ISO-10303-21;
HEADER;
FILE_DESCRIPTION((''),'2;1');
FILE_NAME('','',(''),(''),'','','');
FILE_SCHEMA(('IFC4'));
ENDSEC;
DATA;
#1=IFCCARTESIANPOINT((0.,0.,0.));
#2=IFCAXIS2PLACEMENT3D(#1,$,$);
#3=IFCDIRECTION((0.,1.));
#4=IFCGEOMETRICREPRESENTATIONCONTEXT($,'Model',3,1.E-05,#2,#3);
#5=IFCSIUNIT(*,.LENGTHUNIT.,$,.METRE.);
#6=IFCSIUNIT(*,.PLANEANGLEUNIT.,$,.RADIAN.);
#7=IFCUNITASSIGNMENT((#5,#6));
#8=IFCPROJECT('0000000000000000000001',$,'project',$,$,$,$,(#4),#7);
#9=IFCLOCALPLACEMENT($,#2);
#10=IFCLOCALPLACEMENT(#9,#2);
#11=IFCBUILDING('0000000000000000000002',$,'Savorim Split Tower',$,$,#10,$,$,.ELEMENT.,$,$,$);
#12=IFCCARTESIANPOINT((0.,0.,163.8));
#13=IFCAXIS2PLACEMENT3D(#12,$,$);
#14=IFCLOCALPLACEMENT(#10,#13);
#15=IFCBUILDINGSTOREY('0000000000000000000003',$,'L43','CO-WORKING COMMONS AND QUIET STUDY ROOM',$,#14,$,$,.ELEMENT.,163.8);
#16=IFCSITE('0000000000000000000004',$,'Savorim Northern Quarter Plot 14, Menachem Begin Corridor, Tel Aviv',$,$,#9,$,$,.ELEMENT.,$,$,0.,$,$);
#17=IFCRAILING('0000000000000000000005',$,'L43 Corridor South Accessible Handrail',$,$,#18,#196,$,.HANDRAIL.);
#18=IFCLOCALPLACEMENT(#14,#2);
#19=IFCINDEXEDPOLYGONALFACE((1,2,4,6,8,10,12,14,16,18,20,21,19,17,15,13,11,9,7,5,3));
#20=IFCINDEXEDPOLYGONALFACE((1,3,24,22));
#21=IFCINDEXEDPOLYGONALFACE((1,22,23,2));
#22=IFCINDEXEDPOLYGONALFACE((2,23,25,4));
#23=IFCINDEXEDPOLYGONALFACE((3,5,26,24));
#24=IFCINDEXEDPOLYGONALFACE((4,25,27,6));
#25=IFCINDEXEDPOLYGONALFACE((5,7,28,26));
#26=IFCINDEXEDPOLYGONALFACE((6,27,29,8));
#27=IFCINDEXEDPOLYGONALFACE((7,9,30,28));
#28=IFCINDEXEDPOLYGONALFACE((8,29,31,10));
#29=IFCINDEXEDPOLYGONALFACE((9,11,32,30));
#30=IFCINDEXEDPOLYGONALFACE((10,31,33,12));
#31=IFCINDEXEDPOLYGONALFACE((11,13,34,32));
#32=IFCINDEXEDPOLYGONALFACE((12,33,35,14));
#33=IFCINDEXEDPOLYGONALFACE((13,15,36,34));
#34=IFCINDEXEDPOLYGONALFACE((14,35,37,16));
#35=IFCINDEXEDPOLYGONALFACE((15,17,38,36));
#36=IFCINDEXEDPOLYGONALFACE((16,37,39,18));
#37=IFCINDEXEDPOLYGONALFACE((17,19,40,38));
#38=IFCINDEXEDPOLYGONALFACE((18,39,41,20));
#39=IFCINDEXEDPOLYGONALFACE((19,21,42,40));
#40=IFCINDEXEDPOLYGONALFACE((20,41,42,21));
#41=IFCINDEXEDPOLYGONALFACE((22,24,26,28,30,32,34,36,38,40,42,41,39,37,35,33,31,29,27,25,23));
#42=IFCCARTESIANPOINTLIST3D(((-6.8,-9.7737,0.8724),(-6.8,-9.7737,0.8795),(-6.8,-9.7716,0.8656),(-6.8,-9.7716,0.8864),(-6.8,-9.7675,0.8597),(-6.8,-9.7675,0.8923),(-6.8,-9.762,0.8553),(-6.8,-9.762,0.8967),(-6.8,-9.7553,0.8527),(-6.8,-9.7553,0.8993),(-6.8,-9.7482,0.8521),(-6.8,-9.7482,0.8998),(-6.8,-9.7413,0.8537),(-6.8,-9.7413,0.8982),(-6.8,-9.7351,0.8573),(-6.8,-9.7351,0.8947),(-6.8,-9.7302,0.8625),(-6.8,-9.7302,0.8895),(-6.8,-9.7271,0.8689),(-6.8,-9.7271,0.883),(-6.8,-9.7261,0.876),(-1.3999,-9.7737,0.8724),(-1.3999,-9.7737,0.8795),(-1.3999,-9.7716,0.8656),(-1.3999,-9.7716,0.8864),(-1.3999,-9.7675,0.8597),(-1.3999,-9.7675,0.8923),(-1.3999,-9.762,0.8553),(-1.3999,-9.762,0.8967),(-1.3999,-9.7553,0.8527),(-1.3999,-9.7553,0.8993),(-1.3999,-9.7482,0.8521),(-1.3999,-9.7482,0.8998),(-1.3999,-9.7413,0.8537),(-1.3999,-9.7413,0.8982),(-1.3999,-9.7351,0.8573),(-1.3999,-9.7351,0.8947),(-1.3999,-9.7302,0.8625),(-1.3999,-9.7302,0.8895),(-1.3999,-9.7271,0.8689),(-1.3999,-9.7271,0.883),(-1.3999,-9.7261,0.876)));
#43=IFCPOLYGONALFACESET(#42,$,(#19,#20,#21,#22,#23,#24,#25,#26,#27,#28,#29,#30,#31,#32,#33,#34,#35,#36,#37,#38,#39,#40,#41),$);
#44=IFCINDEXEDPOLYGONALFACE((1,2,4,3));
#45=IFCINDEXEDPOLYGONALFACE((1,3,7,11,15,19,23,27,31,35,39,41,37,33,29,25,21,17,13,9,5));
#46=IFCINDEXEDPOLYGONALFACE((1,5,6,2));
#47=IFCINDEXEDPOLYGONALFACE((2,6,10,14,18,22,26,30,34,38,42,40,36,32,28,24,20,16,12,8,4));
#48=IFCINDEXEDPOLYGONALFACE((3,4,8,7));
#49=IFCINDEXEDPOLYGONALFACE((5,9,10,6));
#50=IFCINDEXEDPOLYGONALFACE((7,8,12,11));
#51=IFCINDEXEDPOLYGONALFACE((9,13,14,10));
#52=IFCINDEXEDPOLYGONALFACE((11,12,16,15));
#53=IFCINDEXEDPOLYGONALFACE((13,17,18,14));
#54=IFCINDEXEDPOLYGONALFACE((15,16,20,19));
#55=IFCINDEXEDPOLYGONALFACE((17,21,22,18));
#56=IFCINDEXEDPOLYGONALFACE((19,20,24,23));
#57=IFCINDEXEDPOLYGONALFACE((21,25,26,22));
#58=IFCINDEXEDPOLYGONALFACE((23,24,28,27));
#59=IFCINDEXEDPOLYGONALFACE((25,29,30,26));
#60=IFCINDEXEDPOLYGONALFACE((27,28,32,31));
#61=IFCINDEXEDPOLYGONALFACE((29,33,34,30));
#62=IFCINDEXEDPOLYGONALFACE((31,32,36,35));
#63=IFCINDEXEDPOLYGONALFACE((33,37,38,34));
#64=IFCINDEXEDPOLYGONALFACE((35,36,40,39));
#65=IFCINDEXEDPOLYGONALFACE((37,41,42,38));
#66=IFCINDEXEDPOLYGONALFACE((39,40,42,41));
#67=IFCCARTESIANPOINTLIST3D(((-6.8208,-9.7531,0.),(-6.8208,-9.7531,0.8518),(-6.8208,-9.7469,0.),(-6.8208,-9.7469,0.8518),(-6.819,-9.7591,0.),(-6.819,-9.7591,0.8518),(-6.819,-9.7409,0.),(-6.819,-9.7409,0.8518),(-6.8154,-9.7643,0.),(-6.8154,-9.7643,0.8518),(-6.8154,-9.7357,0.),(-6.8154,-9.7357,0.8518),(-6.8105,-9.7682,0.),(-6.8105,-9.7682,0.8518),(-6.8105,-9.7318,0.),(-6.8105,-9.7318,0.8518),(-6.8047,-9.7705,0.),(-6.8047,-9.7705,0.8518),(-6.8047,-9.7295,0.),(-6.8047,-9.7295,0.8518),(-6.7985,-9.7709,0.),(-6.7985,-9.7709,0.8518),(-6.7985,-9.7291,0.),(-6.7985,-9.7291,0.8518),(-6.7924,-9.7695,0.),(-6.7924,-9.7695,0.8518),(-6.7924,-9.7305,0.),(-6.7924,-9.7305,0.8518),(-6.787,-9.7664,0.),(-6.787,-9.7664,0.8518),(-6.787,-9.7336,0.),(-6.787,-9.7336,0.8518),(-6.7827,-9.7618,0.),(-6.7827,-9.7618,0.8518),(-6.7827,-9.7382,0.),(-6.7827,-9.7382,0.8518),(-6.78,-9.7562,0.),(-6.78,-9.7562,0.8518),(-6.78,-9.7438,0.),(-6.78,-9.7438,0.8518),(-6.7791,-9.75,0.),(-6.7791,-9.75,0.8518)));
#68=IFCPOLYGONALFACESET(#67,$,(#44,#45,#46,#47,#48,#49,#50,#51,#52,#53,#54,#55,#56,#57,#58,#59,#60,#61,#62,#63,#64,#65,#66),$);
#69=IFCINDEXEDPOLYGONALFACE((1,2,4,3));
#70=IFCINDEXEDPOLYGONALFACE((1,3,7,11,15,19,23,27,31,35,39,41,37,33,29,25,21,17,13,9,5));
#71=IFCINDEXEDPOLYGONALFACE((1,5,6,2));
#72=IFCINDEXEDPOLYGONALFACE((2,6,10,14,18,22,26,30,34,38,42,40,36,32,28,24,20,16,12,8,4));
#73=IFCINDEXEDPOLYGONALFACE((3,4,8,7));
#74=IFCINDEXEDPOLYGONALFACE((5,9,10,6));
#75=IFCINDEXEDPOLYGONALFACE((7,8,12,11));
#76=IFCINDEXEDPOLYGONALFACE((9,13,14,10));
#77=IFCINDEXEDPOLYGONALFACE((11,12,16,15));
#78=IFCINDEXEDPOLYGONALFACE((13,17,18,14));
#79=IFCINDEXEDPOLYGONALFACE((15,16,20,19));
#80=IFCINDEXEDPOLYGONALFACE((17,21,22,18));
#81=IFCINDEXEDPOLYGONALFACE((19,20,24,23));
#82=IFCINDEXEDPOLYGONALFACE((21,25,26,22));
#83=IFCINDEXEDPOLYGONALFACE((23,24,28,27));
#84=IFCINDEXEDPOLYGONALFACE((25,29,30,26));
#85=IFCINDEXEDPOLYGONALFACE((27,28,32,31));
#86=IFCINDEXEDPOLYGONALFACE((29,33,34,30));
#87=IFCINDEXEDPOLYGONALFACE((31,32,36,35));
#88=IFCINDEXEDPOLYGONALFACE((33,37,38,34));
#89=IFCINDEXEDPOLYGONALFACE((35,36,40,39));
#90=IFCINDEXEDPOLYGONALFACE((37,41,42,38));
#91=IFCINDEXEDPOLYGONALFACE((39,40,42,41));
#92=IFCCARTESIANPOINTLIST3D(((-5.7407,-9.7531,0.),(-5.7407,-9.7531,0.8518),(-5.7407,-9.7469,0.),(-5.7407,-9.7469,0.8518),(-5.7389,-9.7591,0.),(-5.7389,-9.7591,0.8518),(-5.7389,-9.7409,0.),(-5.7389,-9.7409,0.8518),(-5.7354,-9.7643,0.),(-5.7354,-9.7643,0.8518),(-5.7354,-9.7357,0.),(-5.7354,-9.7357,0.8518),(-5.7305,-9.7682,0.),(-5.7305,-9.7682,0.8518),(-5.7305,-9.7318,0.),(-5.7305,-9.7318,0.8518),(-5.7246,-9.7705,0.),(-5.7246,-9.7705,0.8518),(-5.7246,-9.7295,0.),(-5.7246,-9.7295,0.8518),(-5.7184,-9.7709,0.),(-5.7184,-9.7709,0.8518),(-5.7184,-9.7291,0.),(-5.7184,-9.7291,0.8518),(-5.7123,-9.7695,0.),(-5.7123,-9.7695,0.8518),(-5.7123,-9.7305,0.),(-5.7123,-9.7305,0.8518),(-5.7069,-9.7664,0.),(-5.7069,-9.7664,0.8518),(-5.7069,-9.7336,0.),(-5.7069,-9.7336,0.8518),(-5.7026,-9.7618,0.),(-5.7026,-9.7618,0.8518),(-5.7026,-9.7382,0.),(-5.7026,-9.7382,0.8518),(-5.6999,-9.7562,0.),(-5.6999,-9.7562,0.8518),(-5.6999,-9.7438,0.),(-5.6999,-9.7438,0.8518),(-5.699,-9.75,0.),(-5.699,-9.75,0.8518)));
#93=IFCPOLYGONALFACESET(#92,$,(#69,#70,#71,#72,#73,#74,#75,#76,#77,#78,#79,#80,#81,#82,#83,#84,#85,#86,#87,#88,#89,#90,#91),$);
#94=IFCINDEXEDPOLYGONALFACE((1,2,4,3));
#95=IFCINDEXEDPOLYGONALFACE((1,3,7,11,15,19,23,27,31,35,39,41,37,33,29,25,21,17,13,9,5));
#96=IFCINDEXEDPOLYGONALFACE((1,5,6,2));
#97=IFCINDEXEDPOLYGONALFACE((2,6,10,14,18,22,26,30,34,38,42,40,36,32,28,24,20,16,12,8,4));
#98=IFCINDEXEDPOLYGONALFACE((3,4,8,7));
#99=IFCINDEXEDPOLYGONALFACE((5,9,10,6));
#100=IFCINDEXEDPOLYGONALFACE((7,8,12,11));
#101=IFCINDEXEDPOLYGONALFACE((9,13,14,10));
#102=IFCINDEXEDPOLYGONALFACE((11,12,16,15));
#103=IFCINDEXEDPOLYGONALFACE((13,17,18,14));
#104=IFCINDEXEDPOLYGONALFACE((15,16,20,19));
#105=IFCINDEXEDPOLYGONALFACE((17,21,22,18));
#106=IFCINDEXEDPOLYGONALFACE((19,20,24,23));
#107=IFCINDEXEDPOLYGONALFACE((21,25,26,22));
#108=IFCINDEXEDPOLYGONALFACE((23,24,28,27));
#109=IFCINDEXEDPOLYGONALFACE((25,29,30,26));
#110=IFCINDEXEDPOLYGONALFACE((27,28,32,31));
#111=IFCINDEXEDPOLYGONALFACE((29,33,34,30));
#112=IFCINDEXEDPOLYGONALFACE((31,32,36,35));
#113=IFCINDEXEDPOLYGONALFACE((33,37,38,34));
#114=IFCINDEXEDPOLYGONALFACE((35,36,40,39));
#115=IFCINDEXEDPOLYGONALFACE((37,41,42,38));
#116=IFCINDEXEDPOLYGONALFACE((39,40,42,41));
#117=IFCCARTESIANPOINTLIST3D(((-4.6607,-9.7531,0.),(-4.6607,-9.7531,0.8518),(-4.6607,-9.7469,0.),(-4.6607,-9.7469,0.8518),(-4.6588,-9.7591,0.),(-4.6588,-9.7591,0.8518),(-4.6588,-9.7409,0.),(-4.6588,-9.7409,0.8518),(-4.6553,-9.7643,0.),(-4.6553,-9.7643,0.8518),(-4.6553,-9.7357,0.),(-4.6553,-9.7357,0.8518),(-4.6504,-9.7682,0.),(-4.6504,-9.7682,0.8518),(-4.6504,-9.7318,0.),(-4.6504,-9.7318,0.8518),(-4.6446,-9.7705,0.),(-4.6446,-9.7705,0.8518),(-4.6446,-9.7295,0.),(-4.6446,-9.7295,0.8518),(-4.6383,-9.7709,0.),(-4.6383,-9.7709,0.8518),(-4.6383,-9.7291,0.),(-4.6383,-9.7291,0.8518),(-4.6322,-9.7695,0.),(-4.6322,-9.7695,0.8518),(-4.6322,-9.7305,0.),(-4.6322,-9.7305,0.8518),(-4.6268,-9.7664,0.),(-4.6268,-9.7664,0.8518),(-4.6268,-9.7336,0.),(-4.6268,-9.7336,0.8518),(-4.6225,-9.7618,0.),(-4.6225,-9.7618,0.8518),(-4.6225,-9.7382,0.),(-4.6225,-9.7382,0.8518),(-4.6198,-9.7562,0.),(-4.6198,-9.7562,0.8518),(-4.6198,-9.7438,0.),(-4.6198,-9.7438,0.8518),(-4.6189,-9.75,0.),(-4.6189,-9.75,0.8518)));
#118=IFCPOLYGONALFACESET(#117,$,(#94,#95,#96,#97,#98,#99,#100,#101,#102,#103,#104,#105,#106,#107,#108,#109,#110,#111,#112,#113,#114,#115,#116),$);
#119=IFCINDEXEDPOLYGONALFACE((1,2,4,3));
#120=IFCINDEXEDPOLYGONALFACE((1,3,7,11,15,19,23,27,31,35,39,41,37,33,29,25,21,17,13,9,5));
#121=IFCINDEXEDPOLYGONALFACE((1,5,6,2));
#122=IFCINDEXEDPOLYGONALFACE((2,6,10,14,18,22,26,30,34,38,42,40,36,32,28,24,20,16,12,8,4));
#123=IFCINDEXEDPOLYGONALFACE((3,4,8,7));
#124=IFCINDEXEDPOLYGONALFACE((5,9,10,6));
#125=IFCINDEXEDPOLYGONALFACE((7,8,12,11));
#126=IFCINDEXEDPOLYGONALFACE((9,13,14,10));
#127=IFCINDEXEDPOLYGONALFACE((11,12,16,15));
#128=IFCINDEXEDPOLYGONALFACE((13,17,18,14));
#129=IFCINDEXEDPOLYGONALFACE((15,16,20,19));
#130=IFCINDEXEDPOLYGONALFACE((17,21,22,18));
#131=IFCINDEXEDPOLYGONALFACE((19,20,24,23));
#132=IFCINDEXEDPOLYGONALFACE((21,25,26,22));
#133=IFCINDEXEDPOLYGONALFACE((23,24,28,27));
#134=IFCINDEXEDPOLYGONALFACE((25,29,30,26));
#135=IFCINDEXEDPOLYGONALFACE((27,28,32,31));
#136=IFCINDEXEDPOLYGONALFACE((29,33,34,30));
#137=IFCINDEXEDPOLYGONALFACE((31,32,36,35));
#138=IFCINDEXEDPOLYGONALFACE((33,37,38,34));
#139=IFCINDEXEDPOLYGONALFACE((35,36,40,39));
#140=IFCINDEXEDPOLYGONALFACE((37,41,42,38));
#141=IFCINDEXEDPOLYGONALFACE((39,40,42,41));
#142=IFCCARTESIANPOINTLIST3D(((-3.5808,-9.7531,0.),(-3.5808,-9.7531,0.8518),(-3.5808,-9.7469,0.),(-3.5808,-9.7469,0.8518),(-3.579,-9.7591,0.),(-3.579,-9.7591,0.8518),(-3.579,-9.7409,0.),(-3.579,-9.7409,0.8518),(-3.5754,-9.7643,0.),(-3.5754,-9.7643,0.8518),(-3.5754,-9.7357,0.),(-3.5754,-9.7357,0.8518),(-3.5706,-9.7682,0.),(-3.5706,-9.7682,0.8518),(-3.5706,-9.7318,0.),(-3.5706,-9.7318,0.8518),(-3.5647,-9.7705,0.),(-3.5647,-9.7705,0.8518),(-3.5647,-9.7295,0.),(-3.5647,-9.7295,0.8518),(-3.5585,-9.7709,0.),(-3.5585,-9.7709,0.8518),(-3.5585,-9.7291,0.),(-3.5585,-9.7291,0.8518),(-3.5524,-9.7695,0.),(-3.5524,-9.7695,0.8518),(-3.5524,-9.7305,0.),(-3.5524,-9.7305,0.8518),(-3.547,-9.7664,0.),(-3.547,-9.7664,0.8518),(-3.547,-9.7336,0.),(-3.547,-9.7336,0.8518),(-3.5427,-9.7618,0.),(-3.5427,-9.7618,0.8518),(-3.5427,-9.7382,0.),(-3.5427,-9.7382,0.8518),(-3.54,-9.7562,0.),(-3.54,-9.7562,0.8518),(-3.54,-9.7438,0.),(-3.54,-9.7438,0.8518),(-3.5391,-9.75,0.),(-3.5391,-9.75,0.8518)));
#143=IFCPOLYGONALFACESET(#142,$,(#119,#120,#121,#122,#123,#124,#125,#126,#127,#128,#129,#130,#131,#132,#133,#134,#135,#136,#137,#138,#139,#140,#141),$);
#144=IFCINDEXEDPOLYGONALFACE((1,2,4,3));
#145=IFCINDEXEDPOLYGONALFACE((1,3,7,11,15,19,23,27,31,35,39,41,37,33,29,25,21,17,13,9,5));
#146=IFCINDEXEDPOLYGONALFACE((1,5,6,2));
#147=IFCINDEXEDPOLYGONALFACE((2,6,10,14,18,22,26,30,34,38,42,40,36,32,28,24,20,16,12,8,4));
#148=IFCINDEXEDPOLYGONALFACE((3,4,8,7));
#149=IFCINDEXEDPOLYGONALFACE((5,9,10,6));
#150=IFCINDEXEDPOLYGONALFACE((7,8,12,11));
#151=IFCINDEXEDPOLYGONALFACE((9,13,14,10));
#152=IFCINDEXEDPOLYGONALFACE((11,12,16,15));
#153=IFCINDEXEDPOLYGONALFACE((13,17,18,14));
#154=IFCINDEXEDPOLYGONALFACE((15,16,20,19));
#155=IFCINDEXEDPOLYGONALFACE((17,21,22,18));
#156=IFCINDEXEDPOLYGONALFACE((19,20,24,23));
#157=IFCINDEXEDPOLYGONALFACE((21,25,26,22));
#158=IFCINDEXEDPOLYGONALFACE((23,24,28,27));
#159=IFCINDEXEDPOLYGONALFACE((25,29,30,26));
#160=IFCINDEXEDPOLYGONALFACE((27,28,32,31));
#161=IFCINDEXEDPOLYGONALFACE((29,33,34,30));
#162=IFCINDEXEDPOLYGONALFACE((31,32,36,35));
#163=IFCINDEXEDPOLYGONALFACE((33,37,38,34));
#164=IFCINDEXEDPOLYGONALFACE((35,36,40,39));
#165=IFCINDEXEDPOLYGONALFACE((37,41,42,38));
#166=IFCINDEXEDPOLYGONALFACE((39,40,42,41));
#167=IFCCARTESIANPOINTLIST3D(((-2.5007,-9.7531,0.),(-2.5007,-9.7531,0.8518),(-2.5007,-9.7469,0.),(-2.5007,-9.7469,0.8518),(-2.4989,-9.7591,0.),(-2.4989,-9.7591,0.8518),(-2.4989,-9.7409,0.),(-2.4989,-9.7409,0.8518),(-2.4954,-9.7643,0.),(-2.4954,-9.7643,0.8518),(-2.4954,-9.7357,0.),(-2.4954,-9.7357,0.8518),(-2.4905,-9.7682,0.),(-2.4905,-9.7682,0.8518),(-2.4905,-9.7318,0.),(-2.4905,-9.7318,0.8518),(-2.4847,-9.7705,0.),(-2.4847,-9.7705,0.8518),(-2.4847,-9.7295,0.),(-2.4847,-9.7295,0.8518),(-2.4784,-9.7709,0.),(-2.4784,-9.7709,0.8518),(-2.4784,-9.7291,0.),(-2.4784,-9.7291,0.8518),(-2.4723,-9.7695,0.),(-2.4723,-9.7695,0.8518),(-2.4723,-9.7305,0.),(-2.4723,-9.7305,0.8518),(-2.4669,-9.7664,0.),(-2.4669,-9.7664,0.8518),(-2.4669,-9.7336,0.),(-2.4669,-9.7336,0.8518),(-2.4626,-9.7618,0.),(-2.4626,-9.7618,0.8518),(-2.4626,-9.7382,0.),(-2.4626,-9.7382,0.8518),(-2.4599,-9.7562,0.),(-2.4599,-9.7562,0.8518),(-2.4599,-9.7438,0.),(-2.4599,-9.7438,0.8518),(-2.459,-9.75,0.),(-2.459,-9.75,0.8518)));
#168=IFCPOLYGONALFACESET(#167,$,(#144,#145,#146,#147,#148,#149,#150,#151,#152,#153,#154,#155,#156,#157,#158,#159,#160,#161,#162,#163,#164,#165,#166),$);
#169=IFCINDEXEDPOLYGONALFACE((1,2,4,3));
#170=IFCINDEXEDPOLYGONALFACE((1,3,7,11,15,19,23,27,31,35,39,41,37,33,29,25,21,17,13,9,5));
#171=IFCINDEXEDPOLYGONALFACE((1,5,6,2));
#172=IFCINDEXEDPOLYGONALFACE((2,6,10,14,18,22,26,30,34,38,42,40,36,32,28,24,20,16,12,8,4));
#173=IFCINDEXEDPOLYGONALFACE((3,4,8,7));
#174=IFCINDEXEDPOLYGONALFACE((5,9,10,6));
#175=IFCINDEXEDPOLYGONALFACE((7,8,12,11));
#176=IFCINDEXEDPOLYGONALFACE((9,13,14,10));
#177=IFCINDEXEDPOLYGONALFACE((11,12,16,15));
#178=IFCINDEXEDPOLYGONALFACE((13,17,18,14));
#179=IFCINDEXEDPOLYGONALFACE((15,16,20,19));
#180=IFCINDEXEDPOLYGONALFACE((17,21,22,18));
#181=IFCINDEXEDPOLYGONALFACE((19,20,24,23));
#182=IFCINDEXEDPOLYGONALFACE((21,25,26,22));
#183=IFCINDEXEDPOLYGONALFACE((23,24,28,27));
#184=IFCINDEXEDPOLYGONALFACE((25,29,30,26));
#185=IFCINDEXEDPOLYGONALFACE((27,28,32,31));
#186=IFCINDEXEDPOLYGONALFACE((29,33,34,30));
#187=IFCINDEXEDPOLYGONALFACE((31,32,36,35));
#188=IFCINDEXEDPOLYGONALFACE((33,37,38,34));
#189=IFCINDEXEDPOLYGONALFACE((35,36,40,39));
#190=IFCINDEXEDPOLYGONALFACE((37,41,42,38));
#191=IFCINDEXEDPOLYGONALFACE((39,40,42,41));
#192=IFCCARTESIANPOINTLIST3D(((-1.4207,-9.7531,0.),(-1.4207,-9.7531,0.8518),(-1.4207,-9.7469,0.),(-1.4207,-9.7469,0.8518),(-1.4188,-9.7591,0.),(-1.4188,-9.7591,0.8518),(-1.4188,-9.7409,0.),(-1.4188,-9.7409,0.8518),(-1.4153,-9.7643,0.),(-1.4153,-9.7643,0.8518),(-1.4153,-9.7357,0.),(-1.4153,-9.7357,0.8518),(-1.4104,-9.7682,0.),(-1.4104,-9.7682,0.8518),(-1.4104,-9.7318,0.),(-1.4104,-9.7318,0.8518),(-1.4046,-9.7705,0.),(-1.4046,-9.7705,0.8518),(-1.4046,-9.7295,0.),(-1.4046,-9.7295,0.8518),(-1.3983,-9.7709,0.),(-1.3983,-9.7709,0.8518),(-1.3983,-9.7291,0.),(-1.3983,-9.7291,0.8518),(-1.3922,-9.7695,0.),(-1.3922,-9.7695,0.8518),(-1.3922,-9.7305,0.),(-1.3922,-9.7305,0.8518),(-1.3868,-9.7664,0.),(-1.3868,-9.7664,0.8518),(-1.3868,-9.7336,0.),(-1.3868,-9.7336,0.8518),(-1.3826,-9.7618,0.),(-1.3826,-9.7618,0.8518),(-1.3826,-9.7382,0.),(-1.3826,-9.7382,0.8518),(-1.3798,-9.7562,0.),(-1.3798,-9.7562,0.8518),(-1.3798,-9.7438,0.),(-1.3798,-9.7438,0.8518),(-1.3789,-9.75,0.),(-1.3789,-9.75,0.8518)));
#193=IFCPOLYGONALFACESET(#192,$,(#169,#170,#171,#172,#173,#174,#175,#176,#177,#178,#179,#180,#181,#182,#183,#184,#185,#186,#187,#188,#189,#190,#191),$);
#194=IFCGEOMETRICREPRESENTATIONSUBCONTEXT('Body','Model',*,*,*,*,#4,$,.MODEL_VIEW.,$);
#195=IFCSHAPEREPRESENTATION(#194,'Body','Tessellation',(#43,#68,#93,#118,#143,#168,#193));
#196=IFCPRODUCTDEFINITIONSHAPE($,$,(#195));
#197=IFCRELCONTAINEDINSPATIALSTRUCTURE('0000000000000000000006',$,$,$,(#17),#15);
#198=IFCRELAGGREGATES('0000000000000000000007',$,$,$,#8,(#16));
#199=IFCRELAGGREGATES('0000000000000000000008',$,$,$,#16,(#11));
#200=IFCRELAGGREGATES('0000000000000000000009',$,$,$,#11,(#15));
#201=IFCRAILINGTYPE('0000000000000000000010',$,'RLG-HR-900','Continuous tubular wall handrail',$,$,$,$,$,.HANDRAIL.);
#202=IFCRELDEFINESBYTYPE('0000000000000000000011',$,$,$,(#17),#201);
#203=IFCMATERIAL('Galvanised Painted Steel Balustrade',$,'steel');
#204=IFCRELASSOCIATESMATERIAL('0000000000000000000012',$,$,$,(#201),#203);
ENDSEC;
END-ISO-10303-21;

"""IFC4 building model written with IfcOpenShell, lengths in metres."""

from ifc_helpers import new_model, si_unit, direction, frame, origin, origin_2d, place, context, subcontext, project, spatial, circle, extrude, material, type_object, element, save


model = new_model("IFC4")

# Units and contexts
model_context = context("Model", 3, precision=1e-05, world=origin(), true_north=direction((0.0, 1.0)))
body_context = subcontext(model_context, "Body", "Model", "MODEL_VIEW")
ifc_project = project(units=[si_unit("LENGTHUNIT", "METRE"), si_unit("PLANEANGLEUNIT", "RADIAN")], contexts=[model_context])

# Site, building, storey
site_placement = place(None, origin())
site = spatial("IfcSite", under=ifc_project, at=site_placement, Name="Savorim Northern Quarter Plot 14, Menachem Begin Corridor, Tel Aviv", CompositionType="ELEMENT", RefElevation=0.0)
building_placement = place(site_placement, origin())
building = spatial("IfcBuilding", under=site, at=building_placement, Name="Savorim Split Tower", CompositionType="ELEMENT")
storey_placement = place(building_placement, frame((0.0, 0.0, 163.8)))
storey = spatial("IfcBuildingStorey", under=building, at=storey_placement, Name="L43", Description="CO-WORKING COMMONS AND QUIET STUDY ROOM", CompositionType="ELEMENT", Elevation=163.8)

# Railing
ifc_material_1 = material(Name="Galvanised Painted Steel Balustrade", Category="steel")
railing_type = type_object("IfcRailingType", Name="RLG-HR-900", Description="Continuous tubular wall handrail", PredefinedType="HANDRAIL", material=ifc_material_1)
railing_placement = place(storey_placement, frame((-6.8, -9.75, 0.0)))
element("IfcRailing", 1, at=railing_placement, inside=storey, type_object=railing_type, Name="L43 Corridor South Accessible Handrail", PredefinedType="HANDRAIL", context=body_context, shape_type="SweptSolid", body=[
    extrude(circle(Radius=0.0239, at=origin_2d()), frame((0.0, 0.0, 0.876), z_axis=(1.0, 0.0, 0.0), x_axis=(0.0, 1.0, 0.0)), (0.0, 0.0, 1.0), 5.4001),
    extrude(circle(Radius=0.021, at=origin_2d()), origin(), (0.0, 0.0, 1.0), 0.8518),
    extrude(circle(Radius=0.021, at=origin_2d()), frame((1.0801, 0.0, 0.0)), (0.0, 0.0, 1.0), 0.8518),
    extrude(circle(Radius=0.021, at=origin_2d()), frame((2.1602, 0.0, 0.0)), (0.0, 0.0, 1.0), 0.8518),
    extrude(circle(Radius=0.021, at=origin_2d()), frame((3.24, 0.0, 0.0)), (0.0, 0.0, 1.0), 0.8518),
    extrude(circle(Radius=0.021, at=origin_2d()), frame((4.3201, 0.0, 0.0)), (0.0, 0.0, 1.0), 0.8518),
    extrude(circle(Radius=0.021, at=origin_2d()), frame((5.4001, 0.0, 0.0)), (0.0, 0.0, 1.0), 0.8518),
])

save(model, "model.ifc")
